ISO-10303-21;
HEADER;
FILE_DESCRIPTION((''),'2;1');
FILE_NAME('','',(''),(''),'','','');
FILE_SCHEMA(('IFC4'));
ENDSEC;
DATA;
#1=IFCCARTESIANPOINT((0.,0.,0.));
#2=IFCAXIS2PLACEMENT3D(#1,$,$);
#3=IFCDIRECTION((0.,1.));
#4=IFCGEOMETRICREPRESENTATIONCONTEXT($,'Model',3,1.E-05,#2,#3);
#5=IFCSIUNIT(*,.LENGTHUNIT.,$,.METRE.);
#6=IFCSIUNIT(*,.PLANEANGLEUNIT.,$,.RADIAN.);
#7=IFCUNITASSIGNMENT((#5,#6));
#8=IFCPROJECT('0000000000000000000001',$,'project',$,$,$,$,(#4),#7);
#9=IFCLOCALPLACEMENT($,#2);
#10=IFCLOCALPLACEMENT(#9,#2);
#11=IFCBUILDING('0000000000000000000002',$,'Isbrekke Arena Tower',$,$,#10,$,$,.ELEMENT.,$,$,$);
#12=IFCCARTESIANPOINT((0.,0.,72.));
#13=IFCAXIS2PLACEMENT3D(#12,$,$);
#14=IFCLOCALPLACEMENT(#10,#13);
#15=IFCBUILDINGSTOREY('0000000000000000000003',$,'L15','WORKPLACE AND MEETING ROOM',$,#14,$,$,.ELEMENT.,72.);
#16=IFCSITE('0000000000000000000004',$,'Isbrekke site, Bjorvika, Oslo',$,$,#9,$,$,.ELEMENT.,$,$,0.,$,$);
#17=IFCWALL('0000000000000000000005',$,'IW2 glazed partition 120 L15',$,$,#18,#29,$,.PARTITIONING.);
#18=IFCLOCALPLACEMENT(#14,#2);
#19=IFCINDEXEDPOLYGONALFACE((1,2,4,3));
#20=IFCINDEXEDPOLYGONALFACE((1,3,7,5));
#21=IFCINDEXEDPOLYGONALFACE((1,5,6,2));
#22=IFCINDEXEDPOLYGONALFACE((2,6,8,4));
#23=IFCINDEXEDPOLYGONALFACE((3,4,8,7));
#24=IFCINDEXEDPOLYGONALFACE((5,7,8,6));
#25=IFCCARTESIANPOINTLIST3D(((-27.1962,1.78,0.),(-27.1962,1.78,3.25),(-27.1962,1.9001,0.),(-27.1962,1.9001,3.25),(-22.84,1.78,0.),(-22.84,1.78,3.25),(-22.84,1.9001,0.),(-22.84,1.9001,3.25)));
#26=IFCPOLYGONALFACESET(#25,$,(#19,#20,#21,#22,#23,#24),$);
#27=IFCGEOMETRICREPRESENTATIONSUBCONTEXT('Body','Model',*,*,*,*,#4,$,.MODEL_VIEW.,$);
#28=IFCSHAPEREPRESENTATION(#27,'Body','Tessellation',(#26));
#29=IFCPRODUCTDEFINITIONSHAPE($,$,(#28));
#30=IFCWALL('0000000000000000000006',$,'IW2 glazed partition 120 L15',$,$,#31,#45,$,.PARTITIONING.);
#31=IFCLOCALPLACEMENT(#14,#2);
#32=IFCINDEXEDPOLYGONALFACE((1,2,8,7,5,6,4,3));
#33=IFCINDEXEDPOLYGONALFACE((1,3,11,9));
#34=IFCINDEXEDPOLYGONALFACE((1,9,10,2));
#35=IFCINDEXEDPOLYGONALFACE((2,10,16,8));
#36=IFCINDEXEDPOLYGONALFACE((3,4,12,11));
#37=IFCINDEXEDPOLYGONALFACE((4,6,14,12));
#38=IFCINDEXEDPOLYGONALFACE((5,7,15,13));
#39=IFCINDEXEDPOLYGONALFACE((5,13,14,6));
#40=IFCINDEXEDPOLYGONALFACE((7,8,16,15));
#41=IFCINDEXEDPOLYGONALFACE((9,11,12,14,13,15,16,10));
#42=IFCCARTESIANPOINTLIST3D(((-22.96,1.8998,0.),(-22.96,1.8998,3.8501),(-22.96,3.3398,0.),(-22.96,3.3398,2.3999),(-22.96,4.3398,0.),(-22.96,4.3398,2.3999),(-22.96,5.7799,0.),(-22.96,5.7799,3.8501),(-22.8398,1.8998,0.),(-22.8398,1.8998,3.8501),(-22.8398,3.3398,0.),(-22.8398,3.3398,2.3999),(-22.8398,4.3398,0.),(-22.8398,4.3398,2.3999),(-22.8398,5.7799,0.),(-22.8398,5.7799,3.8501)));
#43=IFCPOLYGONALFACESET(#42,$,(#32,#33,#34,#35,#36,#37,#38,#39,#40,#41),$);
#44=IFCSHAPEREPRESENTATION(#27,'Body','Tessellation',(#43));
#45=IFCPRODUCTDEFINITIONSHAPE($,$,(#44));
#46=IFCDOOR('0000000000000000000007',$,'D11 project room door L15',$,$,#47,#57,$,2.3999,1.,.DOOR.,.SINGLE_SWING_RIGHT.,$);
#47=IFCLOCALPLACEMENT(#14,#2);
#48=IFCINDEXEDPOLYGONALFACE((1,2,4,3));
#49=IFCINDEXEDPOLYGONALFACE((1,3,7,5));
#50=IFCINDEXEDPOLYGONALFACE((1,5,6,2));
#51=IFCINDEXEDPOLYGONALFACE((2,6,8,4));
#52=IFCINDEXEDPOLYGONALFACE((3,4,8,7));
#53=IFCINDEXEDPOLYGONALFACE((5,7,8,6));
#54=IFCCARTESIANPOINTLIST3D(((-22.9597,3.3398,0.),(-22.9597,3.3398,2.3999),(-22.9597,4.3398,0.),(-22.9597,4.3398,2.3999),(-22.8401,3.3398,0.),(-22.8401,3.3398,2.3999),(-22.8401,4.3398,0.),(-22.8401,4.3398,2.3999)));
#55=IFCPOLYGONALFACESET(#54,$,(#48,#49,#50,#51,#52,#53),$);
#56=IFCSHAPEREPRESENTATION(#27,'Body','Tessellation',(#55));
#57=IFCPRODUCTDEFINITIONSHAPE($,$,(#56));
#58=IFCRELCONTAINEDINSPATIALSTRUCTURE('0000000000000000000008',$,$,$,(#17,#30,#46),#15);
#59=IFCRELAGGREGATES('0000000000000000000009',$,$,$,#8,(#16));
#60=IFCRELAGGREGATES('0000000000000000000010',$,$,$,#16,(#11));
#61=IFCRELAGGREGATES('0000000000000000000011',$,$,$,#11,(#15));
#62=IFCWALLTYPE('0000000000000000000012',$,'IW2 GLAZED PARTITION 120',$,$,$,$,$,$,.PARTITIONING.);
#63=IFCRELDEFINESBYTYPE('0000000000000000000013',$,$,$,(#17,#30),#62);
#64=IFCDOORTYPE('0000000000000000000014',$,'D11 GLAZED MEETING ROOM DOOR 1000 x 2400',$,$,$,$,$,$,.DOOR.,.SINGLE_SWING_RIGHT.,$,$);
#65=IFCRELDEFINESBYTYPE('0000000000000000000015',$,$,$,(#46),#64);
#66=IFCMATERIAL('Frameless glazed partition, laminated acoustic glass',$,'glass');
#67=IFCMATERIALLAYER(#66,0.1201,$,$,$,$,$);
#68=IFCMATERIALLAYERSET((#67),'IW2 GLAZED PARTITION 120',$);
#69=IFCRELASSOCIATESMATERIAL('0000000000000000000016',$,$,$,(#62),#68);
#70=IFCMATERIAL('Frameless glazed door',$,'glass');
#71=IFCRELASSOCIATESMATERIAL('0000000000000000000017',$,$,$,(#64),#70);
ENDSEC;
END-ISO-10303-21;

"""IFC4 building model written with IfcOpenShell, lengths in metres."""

from ifc_helpers import new_model, si_unit, direction, frame, frame_2d, origin, place, context, subcontext, project, spatial, rectangle, extrude, material, layer, layer_set, type_object, element, fill, save


model = new_model("IFC4")

# Units and contexts
model_context = context("Model", 3, precision=1e-05, world=origin(), true_north=direction((0.0, 1.0)))
body_context = subcontext(model_context, "Body", "Model", "MODEL_VIEW")
ifc_project = project(units=[si_unit("LENGTHUNIT", "METRE"), si_unit("PLANEANGLEUNIT", "RADIAN")], contexts=[model_context])

# Site, building, storey
site_placement = place(None, origin())
site = spatial("IfcSite", under=ifc_project, at=site_placement, Name="Isbrekke site, Bjorvika, Oslo", CompositionType="ELEMENT", RefElevation=0.0)
building_placement = place(site_placement, origin())
building = spatial("IfcBuilding", under=site, at=building_placement, Name="Isbrekke Arena Tower", CompositionType="ELEMENT")
storey_placement = place(building_placement, frame((0.0, 0.0, 72.0)))
storey = spatial("IfcBuildingStorey", under=building, at=storey_placement, Name="L15", Description="WORKPLACE AND MEETING ROOM", CompositionType="ELEMENT", Elevation=72.0)

# Shared definitions
ifc_material_1 = material(Name="Frameless glazed partition, laminated acoustic glass", Category="glass")
ifc_layer_1 = layer(ifc_material_1, 0.1201)
ifc_layer_set_1 = layer_set([ifc_layer_1], Name="IW2 GLAZED PARTITION 120")
wall_type = type_object("IfcWallType", Name="IW2 GLAZED PARTITION 120", PredefinedType="PARTITIONING", material=ifc_layer_set_1)

# Shared definitions
ifc_material_2 = material(Name="Frameless glazed door", Category="glass")
door_type = type_object("IfcDoorType", Name="D11 GLAZED MEETING ROOM DOOR 1000 x 2400", OperationType="SINGLE_SWING_RIGHT", PredefinedType="DOOR", material=ifc_material_2)

# Wall
wall_1_placement = place(storey_placement, frame((-27.1963, 1.8401, 0.0), z_axis=(0.0, 0.0, 1.0), x_axis=(1.0, 0.0, 0.0)))
element("IfcWall", 1, at=wall_1_placement, inside=storey, type_object=wall_type, Name="IW2 glazed partition 120 L15", PredefinedType="PARTITIONING", context=body_context, shape_type="SweptSolid", body=[
    extrude(rectangle(XDim=4.3562, YDim=0.1201, at=frame_2d((2.1782, 0.0))), origin(), (0.0, 0.0, 1.0), 3.25),
])

# Wall, opening, door
wall_2_placement = place(storey_placement, frame((-22.8999, 1.8999, 0.0), z_axis=(0.0, 0.0, 1.0), x_axis=(0.0, 1.0, 0.0)))
wall_2 = element("IfcWall", 2, at=wall_2_placement, inside=storey, type_object=wall_type, Name="IW2 glazed partition 120 L15", PredefinedType="PARTITIONING", context=body_context, shape_type="SweptSolid", body=[
    extrude(rectangle(XDim=3.8801, YDim=0.1201, at=frame_2d((1.9399, 0.0))), origin(), (0.0, 0.0, 1.0), 3.8501),
])
opening_1_placement = place(wall_2_placement, frame((1.4399, 0.0, 0.0)))
opening_1 = element("IfcOpeningElement", 3, at=opening_1_placement, cuts=wall_2, PredefinedType="OPENING", context=body_context, shape_type="SweptSolid", body=[
    extrude(rectangle(XDim=1.0, YDim=2.3999, at=frame_2d((0.5, 1.2))), frame((0.0, 0.075, 0.0), z_axis=(0.0, -1.0, 0.0), x_axis=(1.0, 0.0, 0.0)), (0.0, 0.0, 1.0), 0.1499),
])
door_1_placement = place(opening_1_placement, origin())
door_1 = element("IfcDoor", 4, at=door_1_placement, inside=storey, type_object=door_type, Name="D11 project room door L15", OperationType="SINGLE_SWING_RIGHT", OverallHeight=2.3999, OverallWidth=1.0, PredefinedType="DOOR", context=body_context, shape_type="SweptSolid", body=[
    extrude(rectangle(XDim=1.0, YDim=2.3999, at=frame_2d((0.5, 1.2))), frame((0.0, 0.0598, 0.0), z_axis=(0.0, -1.0, 0.0), x_axis=(1.0, 0.0, 0.0)), (0.0, 0.0, 1.0), 0.1196),
])
fill(opening_1, door_1)

save(model, "model.ifc")
